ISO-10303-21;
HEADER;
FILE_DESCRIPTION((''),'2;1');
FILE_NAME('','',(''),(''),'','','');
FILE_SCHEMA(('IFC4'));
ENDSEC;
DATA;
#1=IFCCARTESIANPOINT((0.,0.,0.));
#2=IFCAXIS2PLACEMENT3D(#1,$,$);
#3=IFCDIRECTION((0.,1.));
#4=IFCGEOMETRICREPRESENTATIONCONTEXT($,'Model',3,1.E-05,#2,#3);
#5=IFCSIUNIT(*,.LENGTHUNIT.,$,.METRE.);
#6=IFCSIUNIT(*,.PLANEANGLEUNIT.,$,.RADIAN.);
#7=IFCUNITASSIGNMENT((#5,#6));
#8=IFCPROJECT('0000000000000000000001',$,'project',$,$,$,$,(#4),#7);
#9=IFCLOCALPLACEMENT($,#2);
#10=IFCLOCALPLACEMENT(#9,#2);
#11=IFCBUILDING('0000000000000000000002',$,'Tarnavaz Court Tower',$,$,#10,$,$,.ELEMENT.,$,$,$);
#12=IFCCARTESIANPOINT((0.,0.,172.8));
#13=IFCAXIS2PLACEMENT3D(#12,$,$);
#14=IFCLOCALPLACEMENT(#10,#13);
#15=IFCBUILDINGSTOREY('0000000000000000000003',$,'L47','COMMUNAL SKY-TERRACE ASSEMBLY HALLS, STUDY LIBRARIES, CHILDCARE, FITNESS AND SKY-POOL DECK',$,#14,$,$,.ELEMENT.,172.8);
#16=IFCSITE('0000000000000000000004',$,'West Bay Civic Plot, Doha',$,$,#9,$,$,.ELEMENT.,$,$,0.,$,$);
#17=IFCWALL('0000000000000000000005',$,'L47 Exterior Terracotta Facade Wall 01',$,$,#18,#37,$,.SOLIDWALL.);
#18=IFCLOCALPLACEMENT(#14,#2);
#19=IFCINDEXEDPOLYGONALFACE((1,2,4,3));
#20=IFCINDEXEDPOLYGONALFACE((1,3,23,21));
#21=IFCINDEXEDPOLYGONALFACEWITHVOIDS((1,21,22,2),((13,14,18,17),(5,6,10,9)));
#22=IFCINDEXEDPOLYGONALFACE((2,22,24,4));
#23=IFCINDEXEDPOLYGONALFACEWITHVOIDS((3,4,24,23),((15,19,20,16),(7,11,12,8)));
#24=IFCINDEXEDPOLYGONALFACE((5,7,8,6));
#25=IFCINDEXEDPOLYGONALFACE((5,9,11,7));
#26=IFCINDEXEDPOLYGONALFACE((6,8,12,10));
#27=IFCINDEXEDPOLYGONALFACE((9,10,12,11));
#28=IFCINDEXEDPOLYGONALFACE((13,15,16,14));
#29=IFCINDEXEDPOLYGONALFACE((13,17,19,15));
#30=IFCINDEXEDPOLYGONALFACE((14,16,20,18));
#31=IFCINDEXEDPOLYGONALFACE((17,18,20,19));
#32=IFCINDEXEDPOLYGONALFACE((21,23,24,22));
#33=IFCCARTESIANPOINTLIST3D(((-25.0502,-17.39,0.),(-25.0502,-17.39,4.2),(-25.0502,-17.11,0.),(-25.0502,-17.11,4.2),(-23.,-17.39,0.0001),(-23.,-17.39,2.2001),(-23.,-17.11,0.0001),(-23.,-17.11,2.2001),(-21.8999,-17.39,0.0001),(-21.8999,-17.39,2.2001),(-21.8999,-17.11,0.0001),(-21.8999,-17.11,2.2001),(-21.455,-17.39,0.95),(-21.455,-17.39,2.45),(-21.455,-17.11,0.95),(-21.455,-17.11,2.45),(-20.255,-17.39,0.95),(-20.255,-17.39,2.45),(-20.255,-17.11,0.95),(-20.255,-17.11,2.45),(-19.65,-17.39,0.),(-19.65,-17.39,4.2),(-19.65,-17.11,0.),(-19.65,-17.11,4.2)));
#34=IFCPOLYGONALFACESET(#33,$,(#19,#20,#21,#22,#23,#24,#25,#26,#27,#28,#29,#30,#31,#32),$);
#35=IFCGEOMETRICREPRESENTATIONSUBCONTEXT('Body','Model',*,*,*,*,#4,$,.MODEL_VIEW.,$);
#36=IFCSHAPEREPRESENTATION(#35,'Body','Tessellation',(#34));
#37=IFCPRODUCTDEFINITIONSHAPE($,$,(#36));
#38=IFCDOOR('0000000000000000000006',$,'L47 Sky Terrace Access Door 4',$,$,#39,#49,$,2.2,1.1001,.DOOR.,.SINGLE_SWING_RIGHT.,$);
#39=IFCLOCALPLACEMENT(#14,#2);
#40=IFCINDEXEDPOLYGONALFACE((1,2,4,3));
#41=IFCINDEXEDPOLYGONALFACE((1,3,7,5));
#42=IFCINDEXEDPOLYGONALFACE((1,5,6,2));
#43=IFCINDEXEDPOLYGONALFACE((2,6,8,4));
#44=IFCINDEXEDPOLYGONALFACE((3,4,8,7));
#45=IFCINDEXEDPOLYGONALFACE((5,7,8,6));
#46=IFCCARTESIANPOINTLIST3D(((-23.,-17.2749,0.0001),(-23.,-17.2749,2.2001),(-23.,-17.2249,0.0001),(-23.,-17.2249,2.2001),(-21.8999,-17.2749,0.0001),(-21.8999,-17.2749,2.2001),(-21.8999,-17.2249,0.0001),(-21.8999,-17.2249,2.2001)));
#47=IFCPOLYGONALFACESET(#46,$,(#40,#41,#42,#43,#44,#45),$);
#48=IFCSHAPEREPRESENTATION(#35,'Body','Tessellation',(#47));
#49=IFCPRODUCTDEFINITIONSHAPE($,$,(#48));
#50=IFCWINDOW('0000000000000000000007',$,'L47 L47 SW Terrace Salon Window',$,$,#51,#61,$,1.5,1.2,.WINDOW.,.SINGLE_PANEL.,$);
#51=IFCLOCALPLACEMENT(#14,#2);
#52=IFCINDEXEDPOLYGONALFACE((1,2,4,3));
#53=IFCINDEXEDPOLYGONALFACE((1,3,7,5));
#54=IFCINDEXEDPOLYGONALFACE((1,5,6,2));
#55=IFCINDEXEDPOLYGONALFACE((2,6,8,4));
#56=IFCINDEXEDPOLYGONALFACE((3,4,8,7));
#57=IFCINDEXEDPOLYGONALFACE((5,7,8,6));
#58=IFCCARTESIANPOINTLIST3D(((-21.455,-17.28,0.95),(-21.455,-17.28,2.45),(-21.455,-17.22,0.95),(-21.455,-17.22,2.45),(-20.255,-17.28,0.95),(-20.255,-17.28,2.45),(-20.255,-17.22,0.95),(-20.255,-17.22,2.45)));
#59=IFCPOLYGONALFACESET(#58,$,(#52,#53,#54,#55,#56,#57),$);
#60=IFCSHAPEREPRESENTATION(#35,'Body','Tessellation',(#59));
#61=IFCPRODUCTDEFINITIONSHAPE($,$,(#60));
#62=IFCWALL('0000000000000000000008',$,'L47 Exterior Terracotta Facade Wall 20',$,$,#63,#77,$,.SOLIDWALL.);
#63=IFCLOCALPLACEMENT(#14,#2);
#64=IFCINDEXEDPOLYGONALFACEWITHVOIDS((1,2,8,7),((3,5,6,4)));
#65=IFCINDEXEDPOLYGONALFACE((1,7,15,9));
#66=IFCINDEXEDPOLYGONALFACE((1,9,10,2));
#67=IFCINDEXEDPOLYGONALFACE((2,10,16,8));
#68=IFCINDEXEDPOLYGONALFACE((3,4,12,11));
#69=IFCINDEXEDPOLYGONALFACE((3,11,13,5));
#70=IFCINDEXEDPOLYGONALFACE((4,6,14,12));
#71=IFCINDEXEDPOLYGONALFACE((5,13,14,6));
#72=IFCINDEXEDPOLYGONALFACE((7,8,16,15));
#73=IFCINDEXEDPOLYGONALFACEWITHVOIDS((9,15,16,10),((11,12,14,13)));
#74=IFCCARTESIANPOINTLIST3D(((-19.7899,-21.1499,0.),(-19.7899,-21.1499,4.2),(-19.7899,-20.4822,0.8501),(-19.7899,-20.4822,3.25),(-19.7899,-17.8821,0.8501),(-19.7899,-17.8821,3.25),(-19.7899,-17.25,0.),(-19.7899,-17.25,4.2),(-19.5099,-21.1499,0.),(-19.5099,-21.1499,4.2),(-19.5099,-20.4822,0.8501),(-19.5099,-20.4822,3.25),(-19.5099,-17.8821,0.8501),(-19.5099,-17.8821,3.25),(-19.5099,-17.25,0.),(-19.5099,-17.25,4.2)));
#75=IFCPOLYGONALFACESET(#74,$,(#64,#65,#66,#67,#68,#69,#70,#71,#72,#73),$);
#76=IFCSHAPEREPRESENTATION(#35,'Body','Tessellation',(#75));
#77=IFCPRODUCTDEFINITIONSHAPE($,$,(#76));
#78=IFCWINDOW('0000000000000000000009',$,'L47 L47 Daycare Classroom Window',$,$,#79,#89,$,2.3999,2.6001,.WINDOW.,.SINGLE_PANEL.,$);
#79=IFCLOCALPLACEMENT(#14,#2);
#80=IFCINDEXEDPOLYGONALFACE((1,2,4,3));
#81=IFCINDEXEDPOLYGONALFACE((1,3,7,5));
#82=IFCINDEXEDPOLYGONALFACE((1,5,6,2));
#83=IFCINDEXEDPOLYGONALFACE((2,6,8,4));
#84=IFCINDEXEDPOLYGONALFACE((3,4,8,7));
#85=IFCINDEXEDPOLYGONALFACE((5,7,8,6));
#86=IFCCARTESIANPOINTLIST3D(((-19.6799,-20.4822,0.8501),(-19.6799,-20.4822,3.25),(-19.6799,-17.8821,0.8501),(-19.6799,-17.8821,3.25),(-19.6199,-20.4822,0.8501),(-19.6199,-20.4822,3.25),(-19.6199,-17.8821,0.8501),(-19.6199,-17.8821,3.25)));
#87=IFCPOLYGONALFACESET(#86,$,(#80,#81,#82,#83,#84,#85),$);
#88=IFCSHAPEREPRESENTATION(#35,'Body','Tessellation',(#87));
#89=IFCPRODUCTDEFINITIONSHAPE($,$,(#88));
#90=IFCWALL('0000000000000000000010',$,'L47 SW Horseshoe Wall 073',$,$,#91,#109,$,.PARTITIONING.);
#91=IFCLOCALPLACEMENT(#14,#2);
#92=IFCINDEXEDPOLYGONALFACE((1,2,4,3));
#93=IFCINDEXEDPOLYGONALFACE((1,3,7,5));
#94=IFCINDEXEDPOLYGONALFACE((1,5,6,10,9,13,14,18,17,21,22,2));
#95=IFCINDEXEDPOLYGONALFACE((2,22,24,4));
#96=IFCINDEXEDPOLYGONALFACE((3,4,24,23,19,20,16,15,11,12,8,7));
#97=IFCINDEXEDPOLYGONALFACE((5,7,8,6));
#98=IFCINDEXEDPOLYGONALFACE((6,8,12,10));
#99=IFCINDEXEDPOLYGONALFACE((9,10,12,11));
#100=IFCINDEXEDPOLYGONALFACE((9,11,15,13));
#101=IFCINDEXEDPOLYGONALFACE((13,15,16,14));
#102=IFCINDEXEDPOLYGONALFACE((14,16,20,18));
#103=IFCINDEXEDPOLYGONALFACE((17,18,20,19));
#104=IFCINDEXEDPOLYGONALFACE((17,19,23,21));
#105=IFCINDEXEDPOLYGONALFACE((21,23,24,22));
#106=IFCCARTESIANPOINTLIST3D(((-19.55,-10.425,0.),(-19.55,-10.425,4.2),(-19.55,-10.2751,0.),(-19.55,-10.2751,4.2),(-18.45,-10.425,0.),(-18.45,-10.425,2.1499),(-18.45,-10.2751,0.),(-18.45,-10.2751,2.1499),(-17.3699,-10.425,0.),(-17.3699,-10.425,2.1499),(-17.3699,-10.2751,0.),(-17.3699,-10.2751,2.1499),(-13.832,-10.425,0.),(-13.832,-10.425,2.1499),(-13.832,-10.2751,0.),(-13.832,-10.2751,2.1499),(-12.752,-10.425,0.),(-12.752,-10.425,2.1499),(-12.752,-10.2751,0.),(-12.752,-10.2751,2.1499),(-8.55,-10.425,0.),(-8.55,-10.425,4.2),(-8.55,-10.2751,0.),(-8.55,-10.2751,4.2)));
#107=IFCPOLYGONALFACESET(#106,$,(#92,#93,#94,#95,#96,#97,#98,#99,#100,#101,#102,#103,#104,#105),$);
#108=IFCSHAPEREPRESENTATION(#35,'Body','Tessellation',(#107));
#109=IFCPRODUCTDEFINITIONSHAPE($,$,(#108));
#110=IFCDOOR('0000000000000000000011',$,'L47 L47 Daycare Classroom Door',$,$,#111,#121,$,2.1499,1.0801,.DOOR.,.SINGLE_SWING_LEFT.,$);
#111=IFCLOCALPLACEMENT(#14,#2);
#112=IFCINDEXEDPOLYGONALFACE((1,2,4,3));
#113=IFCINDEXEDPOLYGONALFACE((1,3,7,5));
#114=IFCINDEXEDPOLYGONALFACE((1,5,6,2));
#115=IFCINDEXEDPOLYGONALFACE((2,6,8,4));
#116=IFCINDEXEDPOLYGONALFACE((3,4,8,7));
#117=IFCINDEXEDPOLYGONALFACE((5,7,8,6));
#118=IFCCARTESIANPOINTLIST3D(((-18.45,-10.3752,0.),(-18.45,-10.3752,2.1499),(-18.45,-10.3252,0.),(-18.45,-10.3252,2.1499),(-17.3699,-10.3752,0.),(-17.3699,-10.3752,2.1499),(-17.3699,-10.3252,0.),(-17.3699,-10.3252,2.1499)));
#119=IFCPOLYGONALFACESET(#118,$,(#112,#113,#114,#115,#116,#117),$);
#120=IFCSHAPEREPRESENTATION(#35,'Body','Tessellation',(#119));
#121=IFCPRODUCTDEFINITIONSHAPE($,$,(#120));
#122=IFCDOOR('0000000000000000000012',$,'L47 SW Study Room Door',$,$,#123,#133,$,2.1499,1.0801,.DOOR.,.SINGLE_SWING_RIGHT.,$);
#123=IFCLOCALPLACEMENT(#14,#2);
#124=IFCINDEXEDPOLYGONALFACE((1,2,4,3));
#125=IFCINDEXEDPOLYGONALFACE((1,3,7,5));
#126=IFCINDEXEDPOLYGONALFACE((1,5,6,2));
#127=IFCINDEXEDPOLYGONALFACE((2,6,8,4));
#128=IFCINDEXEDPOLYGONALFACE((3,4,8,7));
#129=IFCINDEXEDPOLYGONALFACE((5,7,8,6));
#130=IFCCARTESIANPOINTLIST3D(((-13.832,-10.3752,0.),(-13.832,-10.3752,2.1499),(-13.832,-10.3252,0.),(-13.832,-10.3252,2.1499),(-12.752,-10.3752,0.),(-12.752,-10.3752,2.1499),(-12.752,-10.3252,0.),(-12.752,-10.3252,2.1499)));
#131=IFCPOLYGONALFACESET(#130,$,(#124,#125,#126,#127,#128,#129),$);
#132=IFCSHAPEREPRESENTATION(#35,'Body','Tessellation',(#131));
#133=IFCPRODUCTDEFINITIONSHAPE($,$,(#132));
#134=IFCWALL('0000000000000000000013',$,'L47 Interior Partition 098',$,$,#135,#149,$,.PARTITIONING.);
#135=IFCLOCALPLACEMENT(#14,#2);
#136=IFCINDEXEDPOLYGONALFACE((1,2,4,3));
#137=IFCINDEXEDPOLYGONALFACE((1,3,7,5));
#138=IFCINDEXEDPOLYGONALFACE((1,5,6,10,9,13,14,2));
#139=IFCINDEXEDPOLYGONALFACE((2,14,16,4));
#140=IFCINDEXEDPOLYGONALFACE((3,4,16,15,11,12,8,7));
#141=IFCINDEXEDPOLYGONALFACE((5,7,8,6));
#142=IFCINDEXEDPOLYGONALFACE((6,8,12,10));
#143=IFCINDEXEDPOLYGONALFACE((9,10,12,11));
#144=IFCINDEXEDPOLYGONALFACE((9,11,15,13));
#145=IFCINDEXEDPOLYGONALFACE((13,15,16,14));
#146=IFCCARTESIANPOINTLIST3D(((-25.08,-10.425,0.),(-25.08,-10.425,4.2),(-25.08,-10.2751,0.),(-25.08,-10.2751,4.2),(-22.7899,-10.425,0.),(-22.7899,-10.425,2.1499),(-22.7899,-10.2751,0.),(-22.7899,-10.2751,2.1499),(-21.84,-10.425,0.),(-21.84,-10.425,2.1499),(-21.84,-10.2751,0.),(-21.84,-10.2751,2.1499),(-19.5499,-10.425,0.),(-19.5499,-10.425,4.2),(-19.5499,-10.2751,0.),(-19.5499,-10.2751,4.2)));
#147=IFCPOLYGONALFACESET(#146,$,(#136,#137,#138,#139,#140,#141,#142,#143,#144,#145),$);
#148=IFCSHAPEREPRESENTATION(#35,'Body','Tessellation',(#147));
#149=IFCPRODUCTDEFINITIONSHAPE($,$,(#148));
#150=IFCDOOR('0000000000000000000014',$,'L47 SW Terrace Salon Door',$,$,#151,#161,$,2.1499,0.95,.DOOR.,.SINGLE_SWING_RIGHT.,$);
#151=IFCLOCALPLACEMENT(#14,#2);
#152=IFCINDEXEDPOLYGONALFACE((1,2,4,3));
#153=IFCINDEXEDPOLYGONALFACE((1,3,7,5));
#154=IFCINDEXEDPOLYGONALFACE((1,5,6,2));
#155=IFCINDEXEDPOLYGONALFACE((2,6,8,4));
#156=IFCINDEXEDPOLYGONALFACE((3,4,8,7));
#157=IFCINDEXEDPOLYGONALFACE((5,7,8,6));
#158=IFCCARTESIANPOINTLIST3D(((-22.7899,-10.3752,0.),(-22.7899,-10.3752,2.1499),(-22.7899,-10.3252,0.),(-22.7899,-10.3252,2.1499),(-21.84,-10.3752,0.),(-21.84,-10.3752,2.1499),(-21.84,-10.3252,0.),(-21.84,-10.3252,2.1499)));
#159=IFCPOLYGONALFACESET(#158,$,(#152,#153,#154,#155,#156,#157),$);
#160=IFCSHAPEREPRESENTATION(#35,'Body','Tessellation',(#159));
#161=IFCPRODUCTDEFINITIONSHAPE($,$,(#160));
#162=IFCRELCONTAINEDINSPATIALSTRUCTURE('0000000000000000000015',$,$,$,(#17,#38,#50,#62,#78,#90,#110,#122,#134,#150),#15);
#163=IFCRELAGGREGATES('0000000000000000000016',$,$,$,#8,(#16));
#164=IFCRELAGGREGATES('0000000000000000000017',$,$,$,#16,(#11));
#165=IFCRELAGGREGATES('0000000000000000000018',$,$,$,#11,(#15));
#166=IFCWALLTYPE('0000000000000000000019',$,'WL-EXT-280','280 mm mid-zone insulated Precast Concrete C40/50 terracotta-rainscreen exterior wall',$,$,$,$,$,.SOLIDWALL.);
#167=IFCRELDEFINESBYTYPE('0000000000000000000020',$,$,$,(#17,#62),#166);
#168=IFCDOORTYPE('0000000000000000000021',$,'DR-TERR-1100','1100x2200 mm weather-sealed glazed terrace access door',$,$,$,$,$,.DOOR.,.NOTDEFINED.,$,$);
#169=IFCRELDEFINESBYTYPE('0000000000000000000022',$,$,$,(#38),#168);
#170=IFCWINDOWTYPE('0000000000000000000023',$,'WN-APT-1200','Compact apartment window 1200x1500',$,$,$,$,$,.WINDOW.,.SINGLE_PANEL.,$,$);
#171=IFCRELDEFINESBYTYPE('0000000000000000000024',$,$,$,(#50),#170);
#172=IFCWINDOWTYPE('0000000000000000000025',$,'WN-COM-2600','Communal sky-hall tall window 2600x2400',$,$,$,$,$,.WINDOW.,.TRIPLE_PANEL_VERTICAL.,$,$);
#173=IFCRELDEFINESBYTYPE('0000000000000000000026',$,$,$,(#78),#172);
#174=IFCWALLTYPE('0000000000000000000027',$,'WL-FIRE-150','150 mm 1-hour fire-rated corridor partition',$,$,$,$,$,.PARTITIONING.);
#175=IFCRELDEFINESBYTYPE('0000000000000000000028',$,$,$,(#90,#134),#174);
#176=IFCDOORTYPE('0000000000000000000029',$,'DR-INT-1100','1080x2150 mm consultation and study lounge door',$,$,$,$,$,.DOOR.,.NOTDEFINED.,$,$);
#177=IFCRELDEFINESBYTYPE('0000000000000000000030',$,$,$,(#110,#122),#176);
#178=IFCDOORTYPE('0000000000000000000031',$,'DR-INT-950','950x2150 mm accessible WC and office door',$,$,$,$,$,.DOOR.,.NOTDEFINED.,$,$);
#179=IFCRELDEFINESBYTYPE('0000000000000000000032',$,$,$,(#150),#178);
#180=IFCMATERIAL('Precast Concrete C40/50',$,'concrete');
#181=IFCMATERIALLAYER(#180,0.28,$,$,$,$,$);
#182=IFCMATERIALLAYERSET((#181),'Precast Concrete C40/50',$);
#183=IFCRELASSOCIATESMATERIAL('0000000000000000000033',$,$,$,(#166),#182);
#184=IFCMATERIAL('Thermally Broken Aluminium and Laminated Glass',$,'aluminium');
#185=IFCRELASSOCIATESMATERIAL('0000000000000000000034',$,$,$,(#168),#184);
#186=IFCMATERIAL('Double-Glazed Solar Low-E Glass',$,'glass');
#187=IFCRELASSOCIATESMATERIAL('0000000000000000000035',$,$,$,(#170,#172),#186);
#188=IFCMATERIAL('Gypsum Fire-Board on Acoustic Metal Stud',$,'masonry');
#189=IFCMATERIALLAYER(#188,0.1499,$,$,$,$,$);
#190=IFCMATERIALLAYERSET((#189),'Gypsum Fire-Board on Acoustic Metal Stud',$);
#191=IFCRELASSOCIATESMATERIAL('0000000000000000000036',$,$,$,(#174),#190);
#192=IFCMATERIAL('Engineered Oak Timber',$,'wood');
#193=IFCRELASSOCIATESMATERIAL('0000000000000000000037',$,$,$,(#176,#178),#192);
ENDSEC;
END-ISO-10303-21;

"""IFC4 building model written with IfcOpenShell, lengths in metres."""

from ifc_helpers import new_model, si_unit, direction, frame, frame_2d, origin, place, context, subcontext, project, spatial, rectangle, extrude, material, layer, layer_set, type_object, element, fill, save


model = new_model("IFC4")

# Units and contexts
model_context = context("Model", 3, precision=1e-05, world=origin(), true_north=direction((0.0, 1.0)))
body_context = subcontext(model_context, "Body", "Model", "MODEL_VIEW")
ifc_project = project(units=[si_unit("LENGTHUNIT", "METRE"), si_unit("PLANEANGLEUNIT", "RADIAN")], contexts=[model_context])

# Site, building, storey
site_placement = place(None, origin())
site = spatial("IfcSite", under=ifc_project, at=site_placement, Name="West Bay Civic Plot, Doha", CompositionType="ELEMENT", RefElevation=0.0)
building_placement = place(site_placement, origin())
building = spatial("IfcBuilding", under=site, at=building_placement, Name="Tarnavaz Court Tower", CompositionType="ELEMENT")
storey_placement = place(building_placement, frame((0.0, 0.0, 172.8)))
storey = spatial("IfcBuildingStorey", under=building, at=storey_placement, Name="L47", Description="COMMUNAL SKY-TERRACE ASSEMBLY HALLS, STUDY LIBRARIES, CHILDCARE, FITNESS AND SKY-POOL DECK", CompositionType="ELEMENT", Elevation=172.8)

# Shared definitions
ifc_material_1 = material(Name="Double-Glazed Solar Low-E Glass", Category="glass")

# Wall, openings, door, window
ifc_material_2 = material(Name="Precast Concrete C40/50", Category="concrete")
ifc_layer_1 = layer(ifc_material_2, 0.28)
ifc_layer_set_1 = layer_set([ifc_layer_1], Name="Precast Concrete C40/50")
wall_type_1 = type_object("IfcWallType", Name="WL-EXT-280", Description="280 mm mid-zone insulated Precast Concrete C40/50 terracotta-rainscreen exterior wall", PredefinedType="SOLIDWALL", material=ifc_layer_set_1)
wall_1_placement = place(storey_placement, frame((-19.6499, -17.25, 0.0), z_axis=(0.0, 0.0, 1.0), x_axis=(-1.0, 0.0, 0.0)))
wall_1 = element("IfcWall", 1, at=wall_1_placement, inside=storey, type_object=wall_type_1, Name="L47 Exterior Terracotta Facade Wall 01", PredefinedType="SOLIDWALL", context=body_context, shape_type="SweptSolid", body=[
    extrude(rectangle(XDim=5.4001, YDim=0.28, at=frame_2d((2.7002, 0.0))), origin(), (0.0, 0.0, 1.0), 4.2),
])
opening_1_placement = place(wall_1_placement, frame((2.25, 0.0, 0.0)))
opening_1 = element("IfcOpeningElement", 2, at=opening_1_placement, cuts=wall_1, PredefinedType="OPENING", context=body_context, shape_type="SweptSolid", body=[
    extrude(rectangle(XDim=1.1001, YDim=2.2, at=frame_2d((0.55, 1.1001))), frame((0.0, 0.1499, 0.0), z_axis=(0.0, -1.0, 0.0), x_axis=(1.0, 0.0, 0.0)), (0.0, 0.0, 1.0), 0.3),
])
opening_2_placement = place(wall_1_placement, frame((0.605, 0.0, 0.95)))
opening_2 = element("IfcOpeningElement", 3, at=opening_2_placement, cuts=wall_1, PredefinedType="OPENING", context=body_context, shape_type="SweptSolid", body=[
    extrude(rectangle(XDim=1.2, YDim=1.5, at=frame_2d((0.6001, 0.75))), frame((0.0, 0.1499, 0.0), z_axis=(0.0, -1.0, 0.0), x_axis=(1.0, 0.0, 0.0)), (0.0, 0.0, 1.0), 0.3),
])
ifc_material_3 = material(Name="Thermally Broken Aluminium and Laminated Glass", Category="aluminium")
door_type_1 = type_object("IfcDoorType", Name="DR-TERR-1100", Description="1100x2200 mm weather-sealed glazed terrace access door", OperationType="NOTDEFINED", PredefinedType="DOOR", material=ifc_material_3)
door_1_placement = place(opening_1_placement, origin())
door_1 = element("IfcDoor", 4, at=door_1_placement, inside=storey, type_object=door_type_1, Name="L47 Sky Terrace Access Door 4", OperationType="SINGLE_SWING_RIGHT", OverallHeight=2.2, OverallWidth=1.1001, PredefinedType="DOOR", context=body_context, shape_type="SweptSolid", body=[
    extrude(rectangle(XDim=1.1001, YDim=2.2, at=frame_2d((0.55, 1.1001))), frame((0.0, 0.0249, 0.0), z_axis=(0.0, -1.0, 0.0), x_axis=(1.0, 0.0, 0.0)), (0.0, 0.0, 1.0), 0.05),
])
fill(opening_1, door_1)
window_type_1 = type_object("IfcWindowType", Name="WN-APT-1200", Description="Compact apartment window 1200x1500", PartitioningType="SINGLE_PANEL", PredefinedType="WINDOW", material=ifc_material_1)
window_1_placement = place(opening_2_placement, origin())
window_1 = element("IfcWindow", 5, at=window_1_placement, inside=storey, type_object=window_type_1, Name="L47 L47 SW Terrace Salon Window", OverallHeight=1.5, OverallWidth=1.2, PartitioningType="SINGLE_PANEL", PredefinedType="WINDOW", context=body_context, shape_type="SweptSolid", body=[
    extrude(rectangle(XDim=1.2, YDim=1.5, at=frame_2d((0.6001, 0.75))), frame((0.0, 0.03, 0.0), z_axis=(0.0, -1.0, 0.0), x_axis=(1.0, 0.0, 0.0)), (0.0, 0.0, 1.0), 0.0601),
])
fill(opening_2, window_1)

# Wall, opening, window
wall_2_placement = place(storey_placement, frame((-19.6499, -21.1499, 0.0), z_axis=(0.0, 0.0, 1.0), x_axis=(0.0, 1.0, 0.0)))
wall_2 = element("IfcWall", 6, at=wall_2_placement, inside=storey, type_object=wall_type_1, Name="L47 Exterior Terracotta Facade Wall 20", PredefinedType="SOLIDWALL", context=body_context, shape_type="SweptSolid", body=[
    extrude(rectangle(XDim=3.8999, YDim=0.28, at=frame_2d((1.95, 0.0))), origin(), (0.0, 0.0, 1.0), 4.2),
])
opening_3_placement = place(wall_2_placement, frame((0.6677, 0.0, 0.8501)))
opening_3 = element("IfcOpeningElement", 7, at=opening_3_placement, cuts=wall_2, PredefinedType="OPENING", context=body_context, shape_type="SweptSolid", body=[
    extrude(rectangle(XDim=2.6001, YDim=2.3999, at=frame_2d((1.3, 1.2))), frame((0.0, 0.1499, 0.0), z_axis=(0.0, -1.0, 0.0), x_axis=(1.0, 0.0, 0.0)), (0.0, 0.0, 1.0), 0.3),
])
window_type_2 = type_object("IfcWindowType", Name="WN-COM-2600", Description="Communal sky-hall tall window 2600x2400", PartitioningType="TRIPLE_PANEL_VERTICAL", PredefinedType="WINDOW", material=ifc_material_1)
window_2_placement = place(opening_3_placement, origin())
window_2 = element("IfcWindow", 8, at=window_2_placement, inside=storey, type_object=window_type_2, Name="L47 L47 Daycare Classroom Window", OverallHeight=2.3999, OverallWidth=2.6001, PartitioningType="SINGLE_PANEL", PredefinedType="WINDOW", context=body_context, shape_type="SweptSolid", body=[
    extrude(rectangle(XDim=2.6001, YDim=2.3999, at=frame_2d((1.3, 1.2))), frame((0.0, 0.03, 0.0), z_axis=(0.0, -1.0, 0.0), x_axis=(1.0, 0.0, 0.0)), (0.0, 0.0, 1.0), 0.0601),
])
fill(opening_3, window_2)

# Wall, openings, doors
ifc_material_4 = material(Name="Gypsum Fire-Board on Acoustic Metal Stud", Category="masonry")
ifc_layer_2 = layer(ifc_material_4, 0.1499)
ifc_layer_set_2 = layer_set([ifc_layer_2], Name="Gypsum Fire-Board on Acoustic Metal Stud")
wall_type_2 = type_object("IfcWallType", Name="WL-FIRE-150", Description="150 mm 1-hour fire-rated corridor partition", PredefinedType="PARTITIONING", material=ifc_layer_set_2)
wall_3_placement = place(storey_placement, frame((-19.55, -10.3501, 0.0), z_axis=(0.0, 0.0, 1.0), x_axis=(1.0, 0.0, 0.0)))
wall_3 = element("IfcWall", 9, at=wall_3_placement, inside=storey, type_object=wall_type_2, Name="L47 SW Horseshoe Wall 073", PredefinedType="PARTITIONING", context=body_context, shape_type="SweptSolid", body=[
    extrude(rectangle(XDim=11.0, YDim=0.1499, at=frame_2d((5.5, 0.0))), origin(), (0.0, 0.0, 1.0), 4.2),
])
opening_4_placement = place(wall_3_placement, frame((1.1001, 0.0, 0.0)))
opening_4 = element("IfcOpeningElement", 10, at=opening_4_placement, cuts=wall_3, PredefinedType="OPENING", context=body_context, shape_type="SweptSolid", body=[
    extrude(rectangle(XDim=1.0801, YDim=2.1499, at=frame_2d((0.54, 1.075))), frame((0.0, 0.085, 0.0), z_axis=(0.0, -1.0, 0.0), x_axis=(1.0, 0.0, 0.0)), (0.0, 0.0, 1.0), 0.1699),
])
opening_5_placement = place(wall_3_placement, frame((5.718, 0.0, 0.0)))
opening_5 = element("IfcOpeningElement", 11, at=opening_5_placement, cuts=wall_3, PredefinedType="OPENING", context=body_context, shape_type="SweptSolid", body=[
    extrude(rectangle(XDim=1.0801, YDim=2.1499, at=frame_2d((0.54, 1.075))), frame((0.0, 0.085, 0.0), z_axis=(0.0, -1.0, 0.0), x_axis=(1.0, 0.0, 0.0)), (0.0, 0.0, 1.0), 0.1699),
])
ifc_material_5 = material(Name="Engineered Oak Timber", Category="wood")
door_type_2 = type_object("IfcDoorType", Name="DR-INT-1100", Description="1080x2150 mm consultation and study lounge door", OperationType="NOTDEFINED", PredefinedType="DOOR", material=ifc_material_5)
door_2_placement = place(opening_4_placement, origin())
door_2 = element("IfcDoor", 12, at=door_2_placement, inside=storey, type_object=door_type_2, Name="L47 L47 Daycare Classroom Door", OperationType="SINGLE_SWING_LEFT", OverallHeight=2.1499, OverallWidth=1.0801, PredefinedType="DOOR", context=body_context, shape_type="SweptSolid", body=[
    extrude(rectangle(XDim=1.0801, YDim=2.1499, at=frame_2d((0.54, 1.075))), frame((0.0, 0.0249, 0.0), z_axis=(0.0, -1.0, 0.0), x_axis=(1.0, 0.0, 0.0)), (0.0, 0.0, 1.0), 0.05),
])
fill(opening_4, door_2)
door_3_placement = place(opening_5_placement, origin())
door_3 = element("IfcDoor", 13, at=door_3_placement, inside=storey, type_object=door_type_2, Name="L47 SW Study Room Door", OperationType="SINGLE_SWING_RIGHT", OverallHeight=2.1499, OverallWidth=1.0801, PredefinedType="DOOR", context=body_context, shape_type="SweptSolid", body=[
    extrude(rectangle(XDim=1.0801, YDim=2.1499, at=frame_2d((0.54, 1.075))), frame((0.0, 0.0249, 0.0), z_axis=(0.0, -1.0, 0.0), x_axis=(1.0, 0.0, 0.0)), (0.0, 0.0, 1.0), 0.05),
])
fill(opening_5, door_3)

# Wall, opening, door
wall_4_placement = place(storey_placement, frame((-25.0801, -10.3501, 0.0), z_axis=(0.0, 0.0, 1.0), x_axis=(1.0, 0.0, 0.0)))
wall_4 = element("IfcWall", 14, at=wall_4_placement, inside=storey, type_object=wall_type_2, Name="L47 Interior Partition 098", PredefinedType="PARTITIONING", context=body_context, shape_type="SweptSolid", body=[
    extrude(rectangle(XDim=5.53, YDim=0.1499, at=frame_2d((2.7651, 0.0))), origin(), (0.0, 0.0, 1.0), 4.2),
])
opening_6_placement = place(wall_4_placement, frame((2.29, 0.0, 0.0)))
opening_6 = element("IfcOpeningElement", 15, at=opening_6_placement, cuts=wall_4, PredefinedType="OPENING", context=body_context, shape_type="SweptSolid", body=[
    extrude(rectangle(XDim=0.95, YDim=2.1499, at=frame_2d((0.4751, 1.075))), frame((0.0, 0.085, 0.0), z_axis=(0.0, -1.0, 0.0), x_axis=(1.0, 0.0, 0.0)), (0.0, 0.0, 1.0), 0.1699),
])
door_type_3 = type_object("IfcDoorType", Name="DR-INT-950", Description="950x2150 mm accessible WC and office door", OperationType="NOTDEFINED", PredefinedType="DOOR", material=ifc_material_5)
door_4_placement = place(opening_6_placement, origin())
door_4 = element("IfcDoor", 16, at=door_4_placement, inside=storey, type_object=door_type_3, Name="L47 SW Terrace Salon Door", OperationType="SINGLE_SWING_RIGHT", OverallHeight=2.1499, OverallWidth=0.95, PredefinedType="DOOR", context=body_context, shape_type="SweptSolid", body=[
    extrude(rectangle(XDim=0.95, YDim=2.1499, at=frame_2d((0.4751, 1.075))), frame((0.0, 0.0249, 0.0), z_axis=(0.0, -1.0, 0.0), x_axis=(1.0, 0.0, 0.0)), (0.0, 0.0, 1.0), 0.05),
])
fill(opening_6, door_4)

save(model, "model.ifc")
